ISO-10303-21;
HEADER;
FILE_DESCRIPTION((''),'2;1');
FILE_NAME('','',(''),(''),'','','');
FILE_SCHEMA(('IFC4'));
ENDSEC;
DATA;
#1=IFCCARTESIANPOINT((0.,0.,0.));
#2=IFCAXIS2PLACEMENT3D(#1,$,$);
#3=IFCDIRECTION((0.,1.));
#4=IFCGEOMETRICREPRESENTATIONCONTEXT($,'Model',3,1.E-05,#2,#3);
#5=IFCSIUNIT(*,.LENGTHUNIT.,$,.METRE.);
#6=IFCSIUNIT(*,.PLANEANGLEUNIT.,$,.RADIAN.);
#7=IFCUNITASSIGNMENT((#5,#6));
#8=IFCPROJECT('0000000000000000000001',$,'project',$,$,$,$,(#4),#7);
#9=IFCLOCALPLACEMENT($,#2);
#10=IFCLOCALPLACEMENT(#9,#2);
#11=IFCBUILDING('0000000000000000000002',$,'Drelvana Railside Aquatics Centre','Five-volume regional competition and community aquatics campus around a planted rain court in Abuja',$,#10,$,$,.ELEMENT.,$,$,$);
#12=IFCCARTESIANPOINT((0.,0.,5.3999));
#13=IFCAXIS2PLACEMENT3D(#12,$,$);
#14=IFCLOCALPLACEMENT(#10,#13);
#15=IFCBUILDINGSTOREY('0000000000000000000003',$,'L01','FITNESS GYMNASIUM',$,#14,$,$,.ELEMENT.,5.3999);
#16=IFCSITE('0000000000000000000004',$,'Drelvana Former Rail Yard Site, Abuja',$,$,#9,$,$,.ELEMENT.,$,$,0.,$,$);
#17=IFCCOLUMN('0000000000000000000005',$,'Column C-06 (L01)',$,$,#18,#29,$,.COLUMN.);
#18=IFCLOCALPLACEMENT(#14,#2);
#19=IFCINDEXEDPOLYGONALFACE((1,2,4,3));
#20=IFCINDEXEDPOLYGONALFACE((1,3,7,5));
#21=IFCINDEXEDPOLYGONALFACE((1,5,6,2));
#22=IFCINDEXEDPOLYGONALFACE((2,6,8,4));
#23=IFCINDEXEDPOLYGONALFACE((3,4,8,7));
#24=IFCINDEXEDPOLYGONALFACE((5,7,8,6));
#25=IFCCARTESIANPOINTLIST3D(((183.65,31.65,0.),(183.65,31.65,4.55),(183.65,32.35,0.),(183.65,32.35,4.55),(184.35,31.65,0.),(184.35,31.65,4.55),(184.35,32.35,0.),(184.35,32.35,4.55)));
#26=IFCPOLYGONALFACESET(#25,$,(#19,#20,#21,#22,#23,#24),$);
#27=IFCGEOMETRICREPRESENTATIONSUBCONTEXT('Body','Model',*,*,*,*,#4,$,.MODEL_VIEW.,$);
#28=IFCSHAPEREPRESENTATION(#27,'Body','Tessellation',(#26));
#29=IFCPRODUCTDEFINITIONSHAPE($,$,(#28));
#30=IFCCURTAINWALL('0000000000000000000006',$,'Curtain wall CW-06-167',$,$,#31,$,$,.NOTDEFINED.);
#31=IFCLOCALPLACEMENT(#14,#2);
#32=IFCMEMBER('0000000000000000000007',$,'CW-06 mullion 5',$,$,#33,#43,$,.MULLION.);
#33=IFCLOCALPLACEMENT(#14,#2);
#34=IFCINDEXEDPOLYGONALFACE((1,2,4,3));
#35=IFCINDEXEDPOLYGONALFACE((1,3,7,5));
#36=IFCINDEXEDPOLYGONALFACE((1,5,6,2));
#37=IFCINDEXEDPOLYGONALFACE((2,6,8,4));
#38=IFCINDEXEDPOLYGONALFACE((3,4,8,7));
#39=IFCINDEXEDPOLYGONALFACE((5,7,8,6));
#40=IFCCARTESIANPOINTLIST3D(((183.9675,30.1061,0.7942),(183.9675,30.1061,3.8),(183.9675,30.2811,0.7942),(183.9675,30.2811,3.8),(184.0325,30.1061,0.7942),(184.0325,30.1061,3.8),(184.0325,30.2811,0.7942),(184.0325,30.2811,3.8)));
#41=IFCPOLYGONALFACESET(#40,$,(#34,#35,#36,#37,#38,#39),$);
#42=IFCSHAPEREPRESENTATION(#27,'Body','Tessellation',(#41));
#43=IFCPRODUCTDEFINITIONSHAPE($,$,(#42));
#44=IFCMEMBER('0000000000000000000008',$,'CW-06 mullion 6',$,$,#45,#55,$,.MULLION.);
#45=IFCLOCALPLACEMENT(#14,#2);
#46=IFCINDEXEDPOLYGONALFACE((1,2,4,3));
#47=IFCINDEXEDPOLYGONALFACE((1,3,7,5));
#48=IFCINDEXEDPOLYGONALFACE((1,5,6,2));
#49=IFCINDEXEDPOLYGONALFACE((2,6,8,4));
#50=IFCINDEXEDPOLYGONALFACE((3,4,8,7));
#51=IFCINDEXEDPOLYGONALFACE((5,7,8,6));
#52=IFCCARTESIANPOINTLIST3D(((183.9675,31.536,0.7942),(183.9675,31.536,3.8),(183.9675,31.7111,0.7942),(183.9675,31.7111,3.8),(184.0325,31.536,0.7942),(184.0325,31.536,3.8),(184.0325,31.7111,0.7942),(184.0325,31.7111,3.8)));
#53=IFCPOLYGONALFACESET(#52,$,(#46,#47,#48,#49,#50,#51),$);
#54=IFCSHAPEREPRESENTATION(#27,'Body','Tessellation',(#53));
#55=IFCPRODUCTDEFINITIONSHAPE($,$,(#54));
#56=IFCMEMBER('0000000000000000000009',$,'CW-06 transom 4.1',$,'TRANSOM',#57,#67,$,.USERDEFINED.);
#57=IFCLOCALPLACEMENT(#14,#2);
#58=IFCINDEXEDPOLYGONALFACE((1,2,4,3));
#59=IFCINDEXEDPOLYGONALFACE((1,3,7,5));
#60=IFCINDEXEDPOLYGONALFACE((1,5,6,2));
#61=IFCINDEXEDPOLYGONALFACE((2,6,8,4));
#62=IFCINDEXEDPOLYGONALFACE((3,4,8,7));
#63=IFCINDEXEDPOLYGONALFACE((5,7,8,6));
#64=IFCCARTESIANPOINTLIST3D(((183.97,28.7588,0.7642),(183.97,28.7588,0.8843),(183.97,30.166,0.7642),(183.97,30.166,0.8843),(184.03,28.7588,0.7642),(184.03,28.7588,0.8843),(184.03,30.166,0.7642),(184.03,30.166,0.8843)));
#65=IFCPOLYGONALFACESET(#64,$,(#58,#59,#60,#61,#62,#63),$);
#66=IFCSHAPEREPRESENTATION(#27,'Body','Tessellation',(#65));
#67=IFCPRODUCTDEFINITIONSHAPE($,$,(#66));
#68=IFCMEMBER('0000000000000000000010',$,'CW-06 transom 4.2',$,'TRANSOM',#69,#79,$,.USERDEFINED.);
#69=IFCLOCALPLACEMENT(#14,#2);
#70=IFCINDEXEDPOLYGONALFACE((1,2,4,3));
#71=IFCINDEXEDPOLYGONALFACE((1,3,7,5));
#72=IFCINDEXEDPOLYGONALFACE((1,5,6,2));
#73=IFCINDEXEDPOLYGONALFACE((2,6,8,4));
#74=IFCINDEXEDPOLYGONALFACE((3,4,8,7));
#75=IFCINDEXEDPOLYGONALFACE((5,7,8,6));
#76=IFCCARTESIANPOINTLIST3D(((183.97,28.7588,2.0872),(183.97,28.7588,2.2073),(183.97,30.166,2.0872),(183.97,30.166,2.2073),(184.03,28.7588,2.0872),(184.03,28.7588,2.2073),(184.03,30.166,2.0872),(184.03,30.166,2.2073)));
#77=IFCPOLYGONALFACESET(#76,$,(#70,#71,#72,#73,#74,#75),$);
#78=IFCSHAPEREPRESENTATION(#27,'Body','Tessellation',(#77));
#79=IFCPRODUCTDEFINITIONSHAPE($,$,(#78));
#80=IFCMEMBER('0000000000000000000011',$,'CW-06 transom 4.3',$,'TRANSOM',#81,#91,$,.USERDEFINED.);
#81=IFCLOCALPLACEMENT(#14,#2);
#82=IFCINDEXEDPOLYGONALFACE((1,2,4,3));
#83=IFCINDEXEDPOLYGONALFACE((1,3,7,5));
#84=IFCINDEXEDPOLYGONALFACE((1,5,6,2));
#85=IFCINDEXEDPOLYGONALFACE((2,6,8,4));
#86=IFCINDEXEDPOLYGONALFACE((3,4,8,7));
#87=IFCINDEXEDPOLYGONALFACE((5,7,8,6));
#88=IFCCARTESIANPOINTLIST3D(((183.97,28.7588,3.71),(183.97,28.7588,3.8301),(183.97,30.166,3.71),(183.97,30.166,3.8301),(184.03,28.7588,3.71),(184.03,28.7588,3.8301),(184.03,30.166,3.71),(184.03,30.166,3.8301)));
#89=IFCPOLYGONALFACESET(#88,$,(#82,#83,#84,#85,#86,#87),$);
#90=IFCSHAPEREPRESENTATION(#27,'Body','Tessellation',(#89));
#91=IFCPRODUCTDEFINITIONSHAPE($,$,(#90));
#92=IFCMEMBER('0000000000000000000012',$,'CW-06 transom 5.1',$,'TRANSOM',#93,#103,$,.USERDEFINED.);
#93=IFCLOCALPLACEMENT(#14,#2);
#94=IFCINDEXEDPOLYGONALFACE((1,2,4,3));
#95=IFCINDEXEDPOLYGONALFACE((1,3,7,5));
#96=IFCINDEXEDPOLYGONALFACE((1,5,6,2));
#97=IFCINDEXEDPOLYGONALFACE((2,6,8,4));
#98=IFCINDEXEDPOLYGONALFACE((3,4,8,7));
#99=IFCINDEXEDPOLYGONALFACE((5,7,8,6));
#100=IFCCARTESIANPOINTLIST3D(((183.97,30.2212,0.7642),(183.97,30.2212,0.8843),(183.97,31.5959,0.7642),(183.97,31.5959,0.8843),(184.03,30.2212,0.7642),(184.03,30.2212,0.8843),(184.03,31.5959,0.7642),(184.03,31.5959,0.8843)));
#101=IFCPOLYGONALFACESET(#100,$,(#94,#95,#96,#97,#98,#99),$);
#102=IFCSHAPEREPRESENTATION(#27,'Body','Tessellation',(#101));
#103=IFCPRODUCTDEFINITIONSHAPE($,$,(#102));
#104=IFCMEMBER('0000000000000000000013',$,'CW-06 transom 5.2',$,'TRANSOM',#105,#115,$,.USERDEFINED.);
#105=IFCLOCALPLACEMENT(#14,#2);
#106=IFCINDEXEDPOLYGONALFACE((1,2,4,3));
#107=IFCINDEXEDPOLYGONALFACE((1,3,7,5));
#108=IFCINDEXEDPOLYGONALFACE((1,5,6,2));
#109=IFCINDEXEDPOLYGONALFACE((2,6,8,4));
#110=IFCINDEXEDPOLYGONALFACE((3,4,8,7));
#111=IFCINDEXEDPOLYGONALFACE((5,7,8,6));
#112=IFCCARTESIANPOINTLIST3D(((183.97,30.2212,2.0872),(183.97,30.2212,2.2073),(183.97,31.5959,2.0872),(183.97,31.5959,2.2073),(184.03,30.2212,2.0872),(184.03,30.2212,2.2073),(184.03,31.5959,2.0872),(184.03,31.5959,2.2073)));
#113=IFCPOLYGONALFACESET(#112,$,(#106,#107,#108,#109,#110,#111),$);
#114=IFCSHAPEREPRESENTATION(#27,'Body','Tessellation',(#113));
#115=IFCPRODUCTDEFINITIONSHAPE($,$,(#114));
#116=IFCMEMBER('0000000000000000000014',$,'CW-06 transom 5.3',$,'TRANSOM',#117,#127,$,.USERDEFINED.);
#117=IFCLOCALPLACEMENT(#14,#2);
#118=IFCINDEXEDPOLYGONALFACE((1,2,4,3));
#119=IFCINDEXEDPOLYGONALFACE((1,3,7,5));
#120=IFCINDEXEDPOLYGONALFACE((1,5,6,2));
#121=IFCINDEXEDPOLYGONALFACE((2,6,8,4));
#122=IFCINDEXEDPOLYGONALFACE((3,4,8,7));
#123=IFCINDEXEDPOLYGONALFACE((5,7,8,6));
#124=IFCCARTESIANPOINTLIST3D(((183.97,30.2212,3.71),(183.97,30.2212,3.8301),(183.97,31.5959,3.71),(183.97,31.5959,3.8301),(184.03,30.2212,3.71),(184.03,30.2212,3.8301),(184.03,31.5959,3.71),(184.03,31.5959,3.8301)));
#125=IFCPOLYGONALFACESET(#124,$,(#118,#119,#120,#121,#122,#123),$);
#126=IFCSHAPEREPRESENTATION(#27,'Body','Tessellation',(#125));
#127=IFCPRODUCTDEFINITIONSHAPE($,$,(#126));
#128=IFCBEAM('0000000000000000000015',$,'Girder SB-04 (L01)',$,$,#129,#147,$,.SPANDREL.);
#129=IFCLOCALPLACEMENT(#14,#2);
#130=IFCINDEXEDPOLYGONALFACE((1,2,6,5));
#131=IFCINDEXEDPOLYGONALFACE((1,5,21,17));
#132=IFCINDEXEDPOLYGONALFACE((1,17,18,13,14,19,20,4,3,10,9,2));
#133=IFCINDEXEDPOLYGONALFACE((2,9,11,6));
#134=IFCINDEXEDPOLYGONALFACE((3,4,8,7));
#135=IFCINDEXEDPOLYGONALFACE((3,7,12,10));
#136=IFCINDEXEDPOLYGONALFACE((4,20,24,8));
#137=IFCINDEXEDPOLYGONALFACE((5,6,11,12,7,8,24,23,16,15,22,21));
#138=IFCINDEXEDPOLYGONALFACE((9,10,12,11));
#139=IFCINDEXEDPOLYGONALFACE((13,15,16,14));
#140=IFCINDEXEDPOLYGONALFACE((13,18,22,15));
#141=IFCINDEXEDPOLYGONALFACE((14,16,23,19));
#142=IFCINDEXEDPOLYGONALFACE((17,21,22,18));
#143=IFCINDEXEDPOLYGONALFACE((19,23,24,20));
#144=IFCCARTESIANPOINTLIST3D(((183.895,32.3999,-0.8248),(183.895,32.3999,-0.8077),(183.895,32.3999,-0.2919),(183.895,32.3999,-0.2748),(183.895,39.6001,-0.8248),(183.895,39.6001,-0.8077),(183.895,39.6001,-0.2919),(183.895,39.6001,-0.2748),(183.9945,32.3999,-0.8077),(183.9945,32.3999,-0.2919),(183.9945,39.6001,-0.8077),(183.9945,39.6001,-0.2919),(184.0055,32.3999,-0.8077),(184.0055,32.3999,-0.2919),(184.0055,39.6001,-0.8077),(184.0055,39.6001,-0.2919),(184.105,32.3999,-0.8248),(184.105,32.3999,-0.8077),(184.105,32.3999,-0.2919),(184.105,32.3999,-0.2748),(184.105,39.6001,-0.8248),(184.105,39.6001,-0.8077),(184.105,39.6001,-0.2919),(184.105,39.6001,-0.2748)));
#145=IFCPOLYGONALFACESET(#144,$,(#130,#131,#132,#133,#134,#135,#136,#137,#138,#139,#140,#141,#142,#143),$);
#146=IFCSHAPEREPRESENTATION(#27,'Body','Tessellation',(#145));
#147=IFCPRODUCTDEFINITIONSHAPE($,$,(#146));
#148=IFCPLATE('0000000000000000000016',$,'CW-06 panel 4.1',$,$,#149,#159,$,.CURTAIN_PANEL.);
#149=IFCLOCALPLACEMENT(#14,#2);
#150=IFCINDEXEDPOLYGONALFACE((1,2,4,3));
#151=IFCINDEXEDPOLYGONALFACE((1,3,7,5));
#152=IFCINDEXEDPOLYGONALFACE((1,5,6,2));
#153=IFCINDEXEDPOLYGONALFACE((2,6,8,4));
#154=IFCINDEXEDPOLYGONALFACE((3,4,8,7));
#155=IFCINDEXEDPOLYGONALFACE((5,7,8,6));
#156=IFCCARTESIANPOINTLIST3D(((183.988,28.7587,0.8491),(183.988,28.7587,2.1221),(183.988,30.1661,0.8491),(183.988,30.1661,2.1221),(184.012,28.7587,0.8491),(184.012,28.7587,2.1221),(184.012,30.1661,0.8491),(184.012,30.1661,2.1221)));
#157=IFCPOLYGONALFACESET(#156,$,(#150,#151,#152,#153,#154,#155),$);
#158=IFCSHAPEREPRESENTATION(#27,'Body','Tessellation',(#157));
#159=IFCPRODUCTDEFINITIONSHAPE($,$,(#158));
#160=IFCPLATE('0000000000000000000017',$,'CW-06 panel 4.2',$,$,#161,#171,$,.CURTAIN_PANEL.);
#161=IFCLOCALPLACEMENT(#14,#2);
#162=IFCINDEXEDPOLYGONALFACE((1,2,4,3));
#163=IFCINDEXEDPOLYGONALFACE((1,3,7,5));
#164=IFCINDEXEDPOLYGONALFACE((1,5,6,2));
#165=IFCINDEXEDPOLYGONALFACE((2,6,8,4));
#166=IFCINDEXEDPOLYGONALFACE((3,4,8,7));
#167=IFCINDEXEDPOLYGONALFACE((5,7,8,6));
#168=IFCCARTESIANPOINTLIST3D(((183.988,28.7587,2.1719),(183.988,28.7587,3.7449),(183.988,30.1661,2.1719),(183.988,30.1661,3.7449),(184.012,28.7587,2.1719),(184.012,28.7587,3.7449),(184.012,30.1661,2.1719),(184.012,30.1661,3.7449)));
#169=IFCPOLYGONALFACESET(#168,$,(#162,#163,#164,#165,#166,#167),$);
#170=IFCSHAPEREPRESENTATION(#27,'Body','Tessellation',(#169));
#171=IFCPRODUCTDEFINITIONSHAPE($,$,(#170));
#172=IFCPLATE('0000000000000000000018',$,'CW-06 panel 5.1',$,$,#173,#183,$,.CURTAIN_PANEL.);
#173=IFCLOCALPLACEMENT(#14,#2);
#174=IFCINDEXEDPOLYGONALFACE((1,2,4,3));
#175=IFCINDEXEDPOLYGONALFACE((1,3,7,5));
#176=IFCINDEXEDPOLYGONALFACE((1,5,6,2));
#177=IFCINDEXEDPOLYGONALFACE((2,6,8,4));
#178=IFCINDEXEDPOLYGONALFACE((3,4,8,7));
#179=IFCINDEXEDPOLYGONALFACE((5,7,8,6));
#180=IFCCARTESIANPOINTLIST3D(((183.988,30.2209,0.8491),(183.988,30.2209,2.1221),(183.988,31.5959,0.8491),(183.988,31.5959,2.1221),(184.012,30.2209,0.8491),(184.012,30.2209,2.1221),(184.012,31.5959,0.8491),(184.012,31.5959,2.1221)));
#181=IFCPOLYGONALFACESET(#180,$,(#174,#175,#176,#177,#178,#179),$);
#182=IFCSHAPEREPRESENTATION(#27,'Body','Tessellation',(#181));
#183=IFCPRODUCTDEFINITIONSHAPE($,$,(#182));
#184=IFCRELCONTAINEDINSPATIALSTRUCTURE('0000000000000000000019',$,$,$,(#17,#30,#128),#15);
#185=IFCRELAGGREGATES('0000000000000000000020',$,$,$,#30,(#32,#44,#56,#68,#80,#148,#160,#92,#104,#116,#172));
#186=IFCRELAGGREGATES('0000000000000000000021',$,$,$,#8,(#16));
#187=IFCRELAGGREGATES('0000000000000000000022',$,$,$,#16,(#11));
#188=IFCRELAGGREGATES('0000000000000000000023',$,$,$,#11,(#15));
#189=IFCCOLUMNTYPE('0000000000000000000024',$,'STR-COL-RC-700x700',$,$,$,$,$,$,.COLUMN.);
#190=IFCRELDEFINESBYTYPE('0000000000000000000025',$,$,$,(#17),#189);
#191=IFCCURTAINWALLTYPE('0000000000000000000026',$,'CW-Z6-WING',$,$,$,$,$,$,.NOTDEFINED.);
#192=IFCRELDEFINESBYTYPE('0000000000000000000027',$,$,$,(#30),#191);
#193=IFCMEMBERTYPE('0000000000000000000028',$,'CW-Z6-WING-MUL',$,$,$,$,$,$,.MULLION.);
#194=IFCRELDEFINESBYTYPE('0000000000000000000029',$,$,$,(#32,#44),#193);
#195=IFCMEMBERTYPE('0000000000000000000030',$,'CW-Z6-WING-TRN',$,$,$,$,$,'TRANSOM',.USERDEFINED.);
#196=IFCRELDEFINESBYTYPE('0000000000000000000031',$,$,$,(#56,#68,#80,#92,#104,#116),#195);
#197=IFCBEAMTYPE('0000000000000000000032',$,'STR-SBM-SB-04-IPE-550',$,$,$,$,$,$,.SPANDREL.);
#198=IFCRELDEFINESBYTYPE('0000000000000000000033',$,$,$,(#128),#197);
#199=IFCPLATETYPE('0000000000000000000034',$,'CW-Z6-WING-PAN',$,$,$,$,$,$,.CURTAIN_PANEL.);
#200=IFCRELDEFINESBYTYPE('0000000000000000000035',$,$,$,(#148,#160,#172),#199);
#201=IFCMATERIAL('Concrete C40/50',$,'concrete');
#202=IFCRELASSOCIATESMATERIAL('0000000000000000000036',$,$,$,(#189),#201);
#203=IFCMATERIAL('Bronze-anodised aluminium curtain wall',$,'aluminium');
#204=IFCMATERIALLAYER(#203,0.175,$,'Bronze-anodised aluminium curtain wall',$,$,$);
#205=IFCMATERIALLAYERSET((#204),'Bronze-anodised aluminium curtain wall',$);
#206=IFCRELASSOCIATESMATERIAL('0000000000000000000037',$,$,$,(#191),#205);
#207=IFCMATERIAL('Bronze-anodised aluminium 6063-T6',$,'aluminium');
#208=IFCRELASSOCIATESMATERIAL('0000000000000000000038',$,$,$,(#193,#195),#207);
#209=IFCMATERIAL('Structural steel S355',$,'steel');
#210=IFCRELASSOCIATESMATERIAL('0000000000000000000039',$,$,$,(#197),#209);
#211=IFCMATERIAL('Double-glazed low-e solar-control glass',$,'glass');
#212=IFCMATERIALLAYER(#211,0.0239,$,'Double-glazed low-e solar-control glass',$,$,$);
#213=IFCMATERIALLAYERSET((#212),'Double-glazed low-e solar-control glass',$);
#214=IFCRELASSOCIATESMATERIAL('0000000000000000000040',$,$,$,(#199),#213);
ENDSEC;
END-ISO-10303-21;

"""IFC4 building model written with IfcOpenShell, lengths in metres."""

from ifc_helpers import new_model, si_unit, direction, frame, origin, origin_2d, place, context, subcontext, project, spatial, rectangle, i_section, extrude, material, layer, layer_set, material_profile, profile_set, type_object, element, aggregate, save


model = new_model("IFC4")

# Units and contexts
model_context = context("Model", 3, precision=1e-05, world=origin(), true_north=direction((0.0, 1.0)))
body_context = subcontext(model_context, "Body", "Model", "MODEL_VIEW")
ifc_project = project(units=[si_unit("LENGTHUNIT", "METRE"), si_unit("PLANEANGLEUNIT", "RADIAN")], contexts=[model_context])

# Site, building, storey
site_placement = place(None, origin())
site = spatial("IfcSite", under=ifc_project, at=site_placement, Name="Drelvana Former Rail Yard Site, Abuja", CompositionType="ELEMENT", RefElevation=0.0)
building_placement = place(site_placement, origin())
building = spatial("IfcBuilding", under=site, at=building_placement, Name="Drelvana Railside Aquatics Centre", Description="Five-volume regional competition and community aquatics campus around a planted rain court in Abuja", CompositionType="ELEMENT")
storey_placement = place(building_placement, frame((0.0, 0.0, 5.3999)))
storey = spatial("IfcBuildingStorey", under=building, at=storey_placement, Name="L01", Description="FITNESS GYMNASIUM", CompositionType="ELEMENT", Elevation=5.3999)

# Column
ifc_material_1 = material(Name="Concrete C40/50", Category="concrete")
ifc_material_profile_1 = material_profile(ifc_material_1, rectangle(XDim=0.7, YDim=0.7, at=origin_2d()), Name="RC 700x700")
ifc_profile_set_1 = profile_set([ifc_material_profile_1], Name="Concrete C40/50")
column_type = type_object("IfcColumnType", Name="STR-COL-RC-700x700", PredefinedType="COLUMN", material=ifc_profile_set_1)
column_placement = place(storey_placement, frame((184.0, 32.0, 0.0), z_axis=(0.0, 0.0, 1.0), x_axis=(1.0, 0.0, 0.0)))
element("IfcColumn", 1, at=column_placement, inside=storey, type_object=column_type, Name="Column C-06 (L01)", PredefinedType="COLUMN", context=body_context, shape_type="SweptSolid", body=[
    extrude(rectangle(XDim=0.7, YDim=0.7, at=origin_2d()), origin(), (0.0, 0.0, 1.0), 4.55),
])

# Curtain wall, members
ifc_material_2 = material(Name="Bronze-anodised aluminium curtain wall", Category="aluminium")
ifc_layer_1 = layer(ifc_material_2, 0.175, Name="Bronze-anodised aluminium curtain wall")
ifc_layer_set_1 = layer_set([ifc_layer_1], Name="Bronze-anodised aluminium curtain wall")
curtain_wall_type = type_object("IfcCurtainWallType", Name="CW-Z6-WING", PredefinedType="NOTDEFINED", material=ifc_layer_set_1)
curtain_wall_placement = place(storey_placement, origin())
curtain_wall = element("IfcCurtainWall", 2, at=curtain_wall_placement, inside=storey, type_object=curtain_wall_type, Name="Curtain wall CW-06-167", PredefinedType="NOTDEFINED")
ifc_material_3 = material(Name="Bronze-anodised aluminium 6063-T6", Category="aluminium")
ifc_material_profile_2 = material_profile(ifc_material_3, rectangle(XDim=0.0649, YDim=0.175, at=origin_2d()), Name="ALU-M 65x175")
ifc_profile_set_2 = profile_set([ifc_material_profile_2], Name="Bronze-anodised aluminium 6063-T6")
member_type_1 = type_object("IfcMemberType", Name="CW-Z6-WING-MUL", PredefinedType="MULLION", material=ifc_profile_set_2)
member_1_placement = place(storey_placement, frame((184.0, 30.1936, 0.7942), z_axis=(0.0, 0.0, 1.0), x_axis=(-1.0, 0.0, 0.0)))
member_1 = element("IfcMember", 3, at=member_1_placement, type_object=member_type_1, Name="CW-06 mullion 5", PredefinedType="MULLION", context=body_context, shape_type="SweptSolid", body=[
    extrude(rectangle(XDim=0.0649, YDim=0.175, at=origin_2d()), origin(), (0.0, 0.0, 1.0), 3.0059),
])
member_2_placement = place(storey_placement, frame((184.0, 31.6235, 0.7942), z_axis=(0.0, 0.0, 1.0), x_axis=(-1.0, 0.0, 0.0)))
member_2 = element("IfcMember", 4, at=member_2_placement, type_object=member_type_1, Name="CW-06 mullion 6", PredefinedType="MULLION", context=body_context, shape_type="SweptSolid", body=[
    extrude(rectangle(XDim=0.0649, YDim=0.175, at=origin_2d()), origin(), (0.0, 0.0, 1.0), 3.0059),
])
ifc_material_profile_3 = material_profile(ifc_material_3, rectangle(XDim=0.1201, YDim=0.0601, at=origin_2d()), Name="ALU-T 60x120")
ifc_profile_set_3 = profile_set([ifc_material_profile_3], Name="Bronze-anodised aluminium 6063-T6")
member_type_2 = type_object("IfcMemberType", Name="CW-Z6-WING-TRN", ElementType="TRANSOM", PredefinedType="USERDEFINED", material=ifc_profile_set_3)
member_3_placement = place(storey_placement, frame((184.0, 28.7588, 0.8242), z_axis=(0.0, 1.0, 0.0), x_axis=(0.0, 0.0, 1.0)))
member_3 = element("IfcMember", 5, at=member_3_placement, type_object=member_type_2, Name="CW-06 transom 4.1", ObjectType="TRANSOM", PredefinedType="USERDEFINED", context=body_context, shape_type="SweptSolid", body=[
    extrude(rectangle(XDim=0.1201, YDim=0.0601, at=origin_2d()), origin(), (0.0, 0.0, 1.0), 1.4072),
])
member_4_placement = place(storey_placement, frame((184.0, 28.7588, 2.1472), z_axis=(0.0, 1.0, 0.0), x_axis=(0.0, 0.0, 1.0)))
member_4 = element("IfcMember", 6, at=member_4_placement, type_object=member_type_2, Name="CW-06 transom 4.2", ObjectType="TRANSOM", PredefinedType="USERDEFINED", context=body_context, shape_type="SweptSolid", body=[
    extrude(rectangle(XDim=0.1201, YDim=0.0601, at=origin_2d()), origin(), (0.0, 0.0, 1.0), 1.4072),
])
member_5_placement = place(storey_placement, frame((184.0, 28.7588, 3.77), z_axis=(0.0, 1.0, 0.0), x_axis=(0.0, 0.0, 1.0)))
member_5 = element("IfcMember", 7, at=member_5_placement, type_object=member_type_2, Name="CW-06 transom 4.3", ObjectType="TRANSOM", PredefinedType="USERDEFINED", context=body_context, shape_type="SweptSolid", body=[
    extrude(rectangle(XDim=0.1201, YDim=0.0601, at=origin_2d()), origin(), (0.0, 0.0, 1.0), 1.4072),
])
member_6_placement = place(storey_placement, frame((184.0, 30.2212, 0.8242), z_axis=(0.0, 1.0, 0.0), x_axis=(0.0, 0.0, 1.0)))
member_6 = element("IfcMember", 8, at=member_6_placement, type_object=member_type_2, Name="CW-06 transom 5.1", ObjectType="TRANSOM", PredefinedType="USERDEFINED", context=body_context, shape_type="SweptSolid", body=[
    extrude(rectangle(XDim=0.1201, YDim=0.0601, at=origin_2d()), origin(), (0.0, 0.0, 1.0), 1.3748),
])
member_7_placement = place(storey_placement, frame((184.0, 30.2212, 2.1472), z_axis=(0.0, 1.0, 0.0), x_axis=(0.0, 0.0, 1.0)))
member_7 = element("IfcMember", 9, at=member_7_placement, type_object=member_type_2, Name="CW-06 transom 5.2", ObjectType="TRANSOM", PredefinedType="USERDEFINED", context=body_context, shape_type="SweptSolid", body=[
    extrude(rectangle(XDim=0.1201, YDim=0.0601, at=origin_2d()), origin(), (0.0, 0.0, 1.0), 1.3748),
])
member_8_placement = place(storey_placement, frame((184.0, 30.2212, 3.77), z_axis=(0.0, 1.0, 0.0), x_axis=(0.0, 0.0, 1.0)))
member_8 = element("IfcMember", 10, at=member_8_placement, type_object=member_type_2, Name="CW-06 transom 5.3", ObjectType="TRANSOM", PredefinedType="USERDEFINED", context=body_context, shape_type="SweptSolid", body=[
    extrude(rectangle(XDim=0.1201, YDim=0.0601, at=origin_2d()), origin(), (0.0, 0.0, 1.0), 1.3748),
])

# Beam
ifc_material_4 = material(Name="Structural steel S355", Category="steel")
ifc_material_profile_4 = material_profile(ifc_material_4, i_section(OverallWidth=0.21, OverallDepth=0.55, WebThickness=0.011, FlangeThickness=0.0171, at=origin_2d()), Name="IPE 550")
ifc_profile_set_4 = profile_set([ifc_material_profile_4], Name="Structural steel S355")
beam_type = type_object("IfcBeamType", Name="STR-SBM-SB-04-IPE-550", PredefinedType="SPANDREL", material=ifc_profile_set_4)
beam_placement = place(storey_placement, frame((184.0, 32.3999, -0.5498), z_axis=(0.0, 1.0, 0.0), x_axis=(-1.0, 0.0, 0.0)))
element("IfcBeam", 11, at=beam_placement, inside=storey, type_object=beam_type, Name="Girder SB-04 (L01)", PredefinedType="SPANDREL", context=body_context, shape_type="SweptSolid", body=[
    extrude(i_section(OverallWidth=0.21, OverallDepth=0.55, WebThickness=0.011, FlangeThickness=0.0171, at=origin_2d()), origin(), (0.0, 0.0, 1.0), 7.2002),
])

# Plates
ifc_material_5 = material(Name="Double-glazed low-e solar-control glass", Category="glass")
ifc_layer_2 = layer(ifc_material_5, 0.0239, Name="Double-glazed low-e solar-control glass")
ifc_layer_set_2 = layer_set([ifc_layer_2], Name="Double-glazed low-e solar-control glass")
plate_type = type_object("IfcPlateType", Name="CW-Z6-WING-PAN", PredefinedType="CURTAIN_PANEL", material=ifc_layer_set_2)
plate_1_placement = place(storey_placement, frame((184.0, 29.4624, 0.8491), z_axis=(0.0, 0.0, 1.0), x_axis=(0.0, 1.0, 0.0)))
plate_1 = element("IfcPlate", 12, at=plate_1_placement, type_object=plate_type, Name="CW-06 panel 4.1", PredefinedType="CURTAIN_PANEL", context=body_context, shape_type="SweptSolid", body=[
    extrude(rectangle(XDim=1.4075, YDim=0.0239, at=origin_2d()), origin(), (0.0, 0.0, 1.0), 1.2729),
])
plate_2_placement = place(storey_placement, frame((184.0, 29.4624, 2.1719), z_axis=(0.0, 0.0, 1.0), x_axis=(0.0, 1.0, 0.0)))
plate_2 = element("IfcPlate", 13, at=plate_2_placement, type_object=plate_type, Name="CW-06 panel 4.2", PredefinedType="CURTAIN_PANEL", context=body_context, shape_type="SweptSolid", body=[
    extrude(rectangle(XDim=1.4075, YDim=0.0239, at=origin_2d()), origin(), (0.0, 0.0, 1.0), 1.573),
])
plate_3_placement = place(storey_placement, frame((184.0, 30.9084, 0.8491), z_axis=(0.0, 0.0, 1.0), x_axis=(0.0, 1.0, 0.0)))
plate_3 = element("IfcPlate", 14, at=plate_3_placement, type_object=plate_type, Name="CW-06 panel 5.1", PredefinedType="CURTAIN_PANEL", context=body_context, shape_type="SweptSolid", body=[
    extrude(rectangle(XDim=1.375, YDim=0.0239, at=origin_2d()), origin(), (0.0, 0.0, 1.0), 1.2729),
])
aggregate(curtain_wall, [member_1, member_2, member_3, member_4, member_5, plate_1, plate_2, member_6, member_7, member_8, plate_3])

save(model, "model.ifc")
